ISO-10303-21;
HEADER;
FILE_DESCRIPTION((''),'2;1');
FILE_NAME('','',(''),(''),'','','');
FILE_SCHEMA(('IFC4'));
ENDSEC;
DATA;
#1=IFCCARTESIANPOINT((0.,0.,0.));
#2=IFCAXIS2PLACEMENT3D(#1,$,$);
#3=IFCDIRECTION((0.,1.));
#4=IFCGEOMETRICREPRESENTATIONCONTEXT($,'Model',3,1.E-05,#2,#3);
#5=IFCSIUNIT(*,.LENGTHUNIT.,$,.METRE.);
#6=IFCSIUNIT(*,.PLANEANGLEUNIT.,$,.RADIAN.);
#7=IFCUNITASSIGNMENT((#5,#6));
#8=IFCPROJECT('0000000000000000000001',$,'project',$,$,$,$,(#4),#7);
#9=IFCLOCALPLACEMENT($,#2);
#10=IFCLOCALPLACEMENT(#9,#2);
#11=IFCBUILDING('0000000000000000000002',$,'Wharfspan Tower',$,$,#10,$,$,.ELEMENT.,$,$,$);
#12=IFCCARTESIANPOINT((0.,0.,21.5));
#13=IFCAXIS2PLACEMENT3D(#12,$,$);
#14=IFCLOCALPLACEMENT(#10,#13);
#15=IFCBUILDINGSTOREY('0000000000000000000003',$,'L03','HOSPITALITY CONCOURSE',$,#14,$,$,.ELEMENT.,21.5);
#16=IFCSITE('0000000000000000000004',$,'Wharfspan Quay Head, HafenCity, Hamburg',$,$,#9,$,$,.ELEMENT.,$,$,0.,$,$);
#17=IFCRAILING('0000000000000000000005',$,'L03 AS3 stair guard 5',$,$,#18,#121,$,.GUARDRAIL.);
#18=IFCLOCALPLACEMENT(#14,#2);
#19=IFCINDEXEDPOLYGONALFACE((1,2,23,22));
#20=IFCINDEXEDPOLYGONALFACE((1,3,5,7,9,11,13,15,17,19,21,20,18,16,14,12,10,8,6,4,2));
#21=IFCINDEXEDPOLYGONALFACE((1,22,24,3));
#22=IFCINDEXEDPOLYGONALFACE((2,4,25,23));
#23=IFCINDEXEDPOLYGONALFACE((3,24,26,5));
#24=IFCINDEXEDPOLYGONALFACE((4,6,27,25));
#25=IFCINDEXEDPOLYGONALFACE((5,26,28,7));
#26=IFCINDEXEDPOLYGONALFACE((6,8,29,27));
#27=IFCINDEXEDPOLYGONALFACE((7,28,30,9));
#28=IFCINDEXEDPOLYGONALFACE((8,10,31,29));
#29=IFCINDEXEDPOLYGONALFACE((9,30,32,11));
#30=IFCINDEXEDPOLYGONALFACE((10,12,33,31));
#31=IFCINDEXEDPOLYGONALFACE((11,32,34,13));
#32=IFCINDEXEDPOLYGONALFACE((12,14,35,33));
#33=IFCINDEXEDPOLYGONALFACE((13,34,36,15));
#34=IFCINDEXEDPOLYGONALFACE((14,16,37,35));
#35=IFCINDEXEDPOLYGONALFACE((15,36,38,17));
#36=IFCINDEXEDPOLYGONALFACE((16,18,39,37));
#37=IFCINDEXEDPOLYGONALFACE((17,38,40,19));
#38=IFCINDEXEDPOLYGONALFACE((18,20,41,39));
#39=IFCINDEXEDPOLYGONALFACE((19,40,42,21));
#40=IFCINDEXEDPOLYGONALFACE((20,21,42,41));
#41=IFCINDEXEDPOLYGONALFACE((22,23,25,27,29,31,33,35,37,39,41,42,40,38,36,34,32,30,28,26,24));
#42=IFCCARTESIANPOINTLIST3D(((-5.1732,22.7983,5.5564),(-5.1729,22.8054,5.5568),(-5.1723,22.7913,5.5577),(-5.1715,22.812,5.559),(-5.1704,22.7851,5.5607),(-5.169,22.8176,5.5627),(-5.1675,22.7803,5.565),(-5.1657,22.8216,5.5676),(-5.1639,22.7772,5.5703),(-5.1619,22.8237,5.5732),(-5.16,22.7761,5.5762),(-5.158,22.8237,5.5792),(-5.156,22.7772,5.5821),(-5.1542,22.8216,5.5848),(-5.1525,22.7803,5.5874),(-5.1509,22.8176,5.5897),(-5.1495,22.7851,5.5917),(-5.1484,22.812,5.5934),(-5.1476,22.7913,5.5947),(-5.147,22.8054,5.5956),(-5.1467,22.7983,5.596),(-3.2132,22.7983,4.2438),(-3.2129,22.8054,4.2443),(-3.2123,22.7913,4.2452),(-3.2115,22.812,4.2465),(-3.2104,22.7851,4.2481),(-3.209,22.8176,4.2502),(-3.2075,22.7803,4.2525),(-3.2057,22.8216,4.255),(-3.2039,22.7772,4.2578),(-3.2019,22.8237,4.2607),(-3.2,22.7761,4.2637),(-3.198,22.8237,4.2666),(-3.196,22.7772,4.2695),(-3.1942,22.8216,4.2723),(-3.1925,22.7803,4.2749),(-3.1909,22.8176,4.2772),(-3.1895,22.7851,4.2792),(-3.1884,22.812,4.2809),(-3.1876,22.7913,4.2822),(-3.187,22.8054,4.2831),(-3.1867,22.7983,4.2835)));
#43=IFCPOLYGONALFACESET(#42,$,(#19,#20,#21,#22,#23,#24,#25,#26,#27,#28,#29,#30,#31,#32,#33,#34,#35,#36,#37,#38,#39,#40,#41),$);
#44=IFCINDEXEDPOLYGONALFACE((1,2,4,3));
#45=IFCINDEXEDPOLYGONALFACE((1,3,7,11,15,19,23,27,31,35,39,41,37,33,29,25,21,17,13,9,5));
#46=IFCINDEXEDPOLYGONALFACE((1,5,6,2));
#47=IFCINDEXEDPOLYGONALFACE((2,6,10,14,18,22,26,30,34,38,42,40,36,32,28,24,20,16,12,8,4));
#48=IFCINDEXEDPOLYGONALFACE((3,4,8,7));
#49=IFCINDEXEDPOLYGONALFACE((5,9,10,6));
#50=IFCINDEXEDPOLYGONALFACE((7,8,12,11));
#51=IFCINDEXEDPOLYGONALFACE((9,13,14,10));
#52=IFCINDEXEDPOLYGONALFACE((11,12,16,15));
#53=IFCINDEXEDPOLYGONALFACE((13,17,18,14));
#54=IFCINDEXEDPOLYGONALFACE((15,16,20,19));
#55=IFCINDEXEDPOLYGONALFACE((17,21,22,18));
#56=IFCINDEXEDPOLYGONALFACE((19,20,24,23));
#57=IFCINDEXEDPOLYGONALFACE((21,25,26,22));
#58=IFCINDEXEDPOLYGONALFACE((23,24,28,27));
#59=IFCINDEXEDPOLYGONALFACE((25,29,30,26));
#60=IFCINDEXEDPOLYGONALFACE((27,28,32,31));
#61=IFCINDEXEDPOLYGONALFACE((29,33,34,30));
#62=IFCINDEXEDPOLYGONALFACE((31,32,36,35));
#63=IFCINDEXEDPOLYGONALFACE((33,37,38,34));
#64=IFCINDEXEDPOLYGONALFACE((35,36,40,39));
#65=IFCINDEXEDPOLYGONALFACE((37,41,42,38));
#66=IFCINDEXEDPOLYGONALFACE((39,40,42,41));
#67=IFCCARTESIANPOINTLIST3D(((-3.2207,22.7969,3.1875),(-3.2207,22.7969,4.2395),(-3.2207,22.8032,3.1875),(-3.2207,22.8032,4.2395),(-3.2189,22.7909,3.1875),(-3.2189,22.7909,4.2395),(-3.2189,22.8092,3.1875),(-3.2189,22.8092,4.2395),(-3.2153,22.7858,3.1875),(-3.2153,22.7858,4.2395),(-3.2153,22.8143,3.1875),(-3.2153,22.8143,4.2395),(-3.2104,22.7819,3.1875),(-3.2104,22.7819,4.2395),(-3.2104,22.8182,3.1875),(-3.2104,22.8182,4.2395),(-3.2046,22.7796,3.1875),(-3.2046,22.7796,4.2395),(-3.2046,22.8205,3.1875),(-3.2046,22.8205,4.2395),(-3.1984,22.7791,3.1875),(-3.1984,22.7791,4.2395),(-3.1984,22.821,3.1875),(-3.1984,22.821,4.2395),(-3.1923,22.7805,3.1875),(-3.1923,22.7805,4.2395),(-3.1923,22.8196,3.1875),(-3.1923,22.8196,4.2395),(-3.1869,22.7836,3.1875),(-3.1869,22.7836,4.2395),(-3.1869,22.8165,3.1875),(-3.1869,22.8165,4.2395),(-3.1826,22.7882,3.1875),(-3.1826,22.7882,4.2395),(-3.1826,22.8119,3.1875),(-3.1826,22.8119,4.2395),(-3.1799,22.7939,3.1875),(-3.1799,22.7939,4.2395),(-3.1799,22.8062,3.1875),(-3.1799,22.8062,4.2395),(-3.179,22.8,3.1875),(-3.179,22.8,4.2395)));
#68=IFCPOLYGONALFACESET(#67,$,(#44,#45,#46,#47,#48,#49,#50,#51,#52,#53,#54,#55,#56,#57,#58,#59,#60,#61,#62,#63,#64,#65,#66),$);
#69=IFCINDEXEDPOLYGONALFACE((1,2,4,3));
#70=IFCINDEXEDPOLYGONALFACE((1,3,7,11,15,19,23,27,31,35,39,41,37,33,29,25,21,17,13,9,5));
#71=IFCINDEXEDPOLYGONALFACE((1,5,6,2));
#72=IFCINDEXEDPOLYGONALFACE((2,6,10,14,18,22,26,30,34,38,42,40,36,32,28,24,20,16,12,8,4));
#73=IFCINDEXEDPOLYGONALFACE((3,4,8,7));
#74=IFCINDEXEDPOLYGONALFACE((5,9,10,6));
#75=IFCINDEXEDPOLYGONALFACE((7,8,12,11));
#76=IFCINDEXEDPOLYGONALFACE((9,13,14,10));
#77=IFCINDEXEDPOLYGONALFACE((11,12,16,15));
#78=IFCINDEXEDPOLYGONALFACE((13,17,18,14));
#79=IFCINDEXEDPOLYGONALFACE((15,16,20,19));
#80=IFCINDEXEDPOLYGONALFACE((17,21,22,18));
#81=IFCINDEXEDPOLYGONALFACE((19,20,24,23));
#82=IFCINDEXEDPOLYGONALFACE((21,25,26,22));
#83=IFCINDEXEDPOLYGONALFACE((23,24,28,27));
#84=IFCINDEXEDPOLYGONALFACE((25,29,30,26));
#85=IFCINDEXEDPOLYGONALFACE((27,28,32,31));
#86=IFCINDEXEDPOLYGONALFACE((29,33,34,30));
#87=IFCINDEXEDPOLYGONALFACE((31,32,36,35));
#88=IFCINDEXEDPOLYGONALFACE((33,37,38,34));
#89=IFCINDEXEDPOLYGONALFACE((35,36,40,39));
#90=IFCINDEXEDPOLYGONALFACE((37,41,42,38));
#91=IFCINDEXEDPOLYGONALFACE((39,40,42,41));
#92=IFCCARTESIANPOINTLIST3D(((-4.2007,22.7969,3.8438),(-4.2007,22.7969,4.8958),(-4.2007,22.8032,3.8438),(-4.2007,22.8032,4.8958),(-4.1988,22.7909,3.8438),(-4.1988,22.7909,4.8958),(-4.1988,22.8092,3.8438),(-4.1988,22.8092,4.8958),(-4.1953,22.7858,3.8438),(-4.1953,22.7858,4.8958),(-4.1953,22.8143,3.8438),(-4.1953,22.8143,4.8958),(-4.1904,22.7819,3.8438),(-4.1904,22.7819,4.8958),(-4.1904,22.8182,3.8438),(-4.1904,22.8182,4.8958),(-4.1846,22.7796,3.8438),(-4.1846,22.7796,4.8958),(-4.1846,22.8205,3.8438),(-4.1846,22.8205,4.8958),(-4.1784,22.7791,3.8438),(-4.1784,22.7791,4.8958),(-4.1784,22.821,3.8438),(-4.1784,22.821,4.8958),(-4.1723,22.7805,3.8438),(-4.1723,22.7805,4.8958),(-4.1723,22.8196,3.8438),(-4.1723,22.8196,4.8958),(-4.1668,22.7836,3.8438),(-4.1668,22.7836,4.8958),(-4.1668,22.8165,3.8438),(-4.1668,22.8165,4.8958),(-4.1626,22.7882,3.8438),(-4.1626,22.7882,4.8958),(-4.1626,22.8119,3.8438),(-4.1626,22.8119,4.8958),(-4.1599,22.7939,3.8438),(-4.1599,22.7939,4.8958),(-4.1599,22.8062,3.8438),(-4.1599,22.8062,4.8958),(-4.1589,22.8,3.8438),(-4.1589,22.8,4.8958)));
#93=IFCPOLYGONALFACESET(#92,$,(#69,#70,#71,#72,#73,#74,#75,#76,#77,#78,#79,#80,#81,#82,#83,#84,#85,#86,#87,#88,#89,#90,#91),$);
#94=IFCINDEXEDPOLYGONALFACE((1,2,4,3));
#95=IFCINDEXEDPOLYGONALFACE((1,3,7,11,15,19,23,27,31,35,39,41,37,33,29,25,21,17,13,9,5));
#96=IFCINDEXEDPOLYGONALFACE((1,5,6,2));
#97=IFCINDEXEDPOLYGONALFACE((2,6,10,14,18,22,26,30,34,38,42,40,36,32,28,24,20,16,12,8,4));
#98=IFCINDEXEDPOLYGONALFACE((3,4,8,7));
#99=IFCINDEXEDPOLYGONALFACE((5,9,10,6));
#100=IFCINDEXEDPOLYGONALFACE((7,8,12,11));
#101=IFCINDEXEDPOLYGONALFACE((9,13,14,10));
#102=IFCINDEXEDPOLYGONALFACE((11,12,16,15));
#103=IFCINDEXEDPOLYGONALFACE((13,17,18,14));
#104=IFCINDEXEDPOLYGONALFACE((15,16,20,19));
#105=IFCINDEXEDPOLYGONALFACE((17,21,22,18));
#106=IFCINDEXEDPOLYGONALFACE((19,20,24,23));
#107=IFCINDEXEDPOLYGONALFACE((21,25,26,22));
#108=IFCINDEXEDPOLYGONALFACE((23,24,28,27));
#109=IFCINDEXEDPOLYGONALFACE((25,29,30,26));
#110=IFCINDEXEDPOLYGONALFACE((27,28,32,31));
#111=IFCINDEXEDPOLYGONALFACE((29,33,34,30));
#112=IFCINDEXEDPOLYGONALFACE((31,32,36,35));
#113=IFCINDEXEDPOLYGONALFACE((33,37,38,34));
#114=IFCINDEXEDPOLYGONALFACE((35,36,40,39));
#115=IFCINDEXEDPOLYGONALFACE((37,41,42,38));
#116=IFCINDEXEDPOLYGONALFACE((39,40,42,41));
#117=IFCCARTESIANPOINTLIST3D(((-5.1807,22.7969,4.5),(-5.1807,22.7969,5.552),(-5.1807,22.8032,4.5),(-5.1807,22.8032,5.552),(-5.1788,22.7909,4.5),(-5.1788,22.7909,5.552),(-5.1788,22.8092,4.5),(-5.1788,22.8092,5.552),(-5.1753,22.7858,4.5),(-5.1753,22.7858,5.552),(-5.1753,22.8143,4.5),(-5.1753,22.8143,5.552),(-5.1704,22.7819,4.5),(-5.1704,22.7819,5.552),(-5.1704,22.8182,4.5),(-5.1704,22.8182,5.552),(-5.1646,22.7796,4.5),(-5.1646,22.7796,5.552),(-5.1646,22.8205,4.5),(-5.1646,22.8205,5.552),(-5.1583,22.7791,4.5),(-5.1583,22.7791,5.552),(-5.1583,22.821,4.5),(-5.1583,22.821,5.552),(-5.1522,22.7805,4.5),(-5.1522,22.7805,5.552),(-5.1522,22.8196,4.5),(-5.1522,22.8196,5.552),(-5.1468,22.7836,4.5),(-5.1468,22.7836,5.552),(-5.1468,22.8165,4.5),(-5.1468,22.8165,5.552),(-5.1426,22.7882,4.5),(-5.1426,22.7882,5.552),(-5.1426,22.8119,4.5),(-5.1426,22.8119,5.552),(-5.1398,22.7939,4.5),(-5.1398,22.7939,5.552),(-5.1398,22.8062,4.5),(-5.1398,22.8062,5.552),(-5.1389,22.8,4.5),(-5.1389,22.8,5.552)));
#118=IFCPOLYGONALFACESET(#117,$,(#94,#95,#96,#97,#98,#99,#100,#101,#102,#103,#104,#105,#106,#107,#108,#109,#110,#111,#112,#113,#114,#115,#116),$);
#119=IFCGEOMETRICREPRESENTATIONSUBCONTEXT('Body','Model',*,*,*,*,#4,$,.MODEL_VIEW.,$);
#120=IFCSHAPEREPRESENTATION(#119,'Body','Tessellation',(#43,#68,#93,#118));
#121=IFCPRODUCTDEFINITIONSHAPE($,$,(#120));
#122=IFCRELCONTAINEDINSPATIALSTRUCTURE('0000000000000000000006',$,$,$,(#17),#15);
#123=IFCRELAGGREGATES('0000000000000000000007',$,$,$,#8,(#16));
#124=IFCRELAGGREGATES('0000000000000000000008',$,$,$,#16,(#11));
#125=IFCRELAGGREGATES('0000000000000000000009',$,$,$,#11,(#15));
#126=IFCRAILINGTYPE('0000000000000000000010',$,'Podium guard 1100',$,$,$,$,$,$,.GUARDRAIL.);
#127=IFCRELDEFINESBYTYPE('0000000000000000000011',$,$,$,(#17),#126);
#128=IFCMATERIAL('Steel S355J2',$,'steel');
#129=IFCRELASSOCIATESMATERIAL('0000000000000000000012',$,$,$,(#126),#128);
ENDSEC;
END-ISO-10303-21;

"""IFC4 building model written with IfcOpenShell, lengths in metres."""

from ifc_helpers import new_model, si_unit, direction, frame, origin, origin_2d, place, context, subcontext, project, spatial, circle, extrude, material, type_object, element, save


model = new_model("IFC4")

# Units and contexts
model_context = context("Model", 3, precision=1e-05, world=origin(), true_north=direction((0.0, 1.0)))
body_context = subcontext(model_context, "Body", "Model", "MODEL_VIEW")
ifc_project = project(units=[si_unit("LENGTHUNIT", "METRE"), si_unit("PLANEANGLEUNIT", "RADIAN")], contexts=[model_context])

# Site, building, storey
site_placement = place(None, origin())
site = spatial("IfcSite", under=ifc_project, at=site_placement, Name="Wharfspan Quay Head, HafenCity, Hamburg", CompositionType="ELEMENT", RefElevation=0.0)
building_placement = place(site_placement, origin())
building = spatial("IfcBuilding", under=site, at=building_placement, Name="Wharfspan Tower", CompositionType="ELEMENT")
storey_placement = place(building_placement, frame((0.0, 0.0, 21.5)))
storey = spatial("IfcBuildingStorey", under=building, at=storey_placement, Name="L03", Description="HOSPITALITY CONCOURSE", CompositionType="ELEMENT", Elevation=21.5)

# Railing
ifc_material_1 = material(Name="Steel S355J2", Category="steel")
railing_type_1 = type_object("IfcRailingType", Name="Podium guard 1100", PredefinedType="GUARDRAIL", material=ifc_material_1)
railing_1_placement = place(storey_placement, frame((-3.2, 22.8, 3.1875)))
element("IfcRailing", 1, at=railing_1_placement, inside=storey, type_object=railing_type_1, Name="L03 AS3 stair guard 5", PredefinedType="GUARDRAIL", context=body_context, shape_type="SweptSolid", body=[
    extrude(circle(Radius=0.0239, at=origin_2d()), frame((0.0, 0.0, 1.0762), z_axis=(-0.830902, 0.0, 0.556419), x_axis=(0.0, -1.0, 0.0)), (0.0, 0.0, 1.0), 2.3589),
    extrude(circle(Radius=0.021, at=origin_2d()), origin(), (0.0, 0.0, 1.0), 1.052),
    extrude(circle(Radius=0.021, at=origin_2d()), frame((-0.98, 0.0, 0.6562)), (0.0, 0.0, 1.0), 1.052),
    extrude(circle(Radius=0.021, at=origin_2d()), frame((-1.96, 0.0, 1.3125)), (0.0, 0.0, 1.0), 1.052),
])

save(model, "model.ifc")
